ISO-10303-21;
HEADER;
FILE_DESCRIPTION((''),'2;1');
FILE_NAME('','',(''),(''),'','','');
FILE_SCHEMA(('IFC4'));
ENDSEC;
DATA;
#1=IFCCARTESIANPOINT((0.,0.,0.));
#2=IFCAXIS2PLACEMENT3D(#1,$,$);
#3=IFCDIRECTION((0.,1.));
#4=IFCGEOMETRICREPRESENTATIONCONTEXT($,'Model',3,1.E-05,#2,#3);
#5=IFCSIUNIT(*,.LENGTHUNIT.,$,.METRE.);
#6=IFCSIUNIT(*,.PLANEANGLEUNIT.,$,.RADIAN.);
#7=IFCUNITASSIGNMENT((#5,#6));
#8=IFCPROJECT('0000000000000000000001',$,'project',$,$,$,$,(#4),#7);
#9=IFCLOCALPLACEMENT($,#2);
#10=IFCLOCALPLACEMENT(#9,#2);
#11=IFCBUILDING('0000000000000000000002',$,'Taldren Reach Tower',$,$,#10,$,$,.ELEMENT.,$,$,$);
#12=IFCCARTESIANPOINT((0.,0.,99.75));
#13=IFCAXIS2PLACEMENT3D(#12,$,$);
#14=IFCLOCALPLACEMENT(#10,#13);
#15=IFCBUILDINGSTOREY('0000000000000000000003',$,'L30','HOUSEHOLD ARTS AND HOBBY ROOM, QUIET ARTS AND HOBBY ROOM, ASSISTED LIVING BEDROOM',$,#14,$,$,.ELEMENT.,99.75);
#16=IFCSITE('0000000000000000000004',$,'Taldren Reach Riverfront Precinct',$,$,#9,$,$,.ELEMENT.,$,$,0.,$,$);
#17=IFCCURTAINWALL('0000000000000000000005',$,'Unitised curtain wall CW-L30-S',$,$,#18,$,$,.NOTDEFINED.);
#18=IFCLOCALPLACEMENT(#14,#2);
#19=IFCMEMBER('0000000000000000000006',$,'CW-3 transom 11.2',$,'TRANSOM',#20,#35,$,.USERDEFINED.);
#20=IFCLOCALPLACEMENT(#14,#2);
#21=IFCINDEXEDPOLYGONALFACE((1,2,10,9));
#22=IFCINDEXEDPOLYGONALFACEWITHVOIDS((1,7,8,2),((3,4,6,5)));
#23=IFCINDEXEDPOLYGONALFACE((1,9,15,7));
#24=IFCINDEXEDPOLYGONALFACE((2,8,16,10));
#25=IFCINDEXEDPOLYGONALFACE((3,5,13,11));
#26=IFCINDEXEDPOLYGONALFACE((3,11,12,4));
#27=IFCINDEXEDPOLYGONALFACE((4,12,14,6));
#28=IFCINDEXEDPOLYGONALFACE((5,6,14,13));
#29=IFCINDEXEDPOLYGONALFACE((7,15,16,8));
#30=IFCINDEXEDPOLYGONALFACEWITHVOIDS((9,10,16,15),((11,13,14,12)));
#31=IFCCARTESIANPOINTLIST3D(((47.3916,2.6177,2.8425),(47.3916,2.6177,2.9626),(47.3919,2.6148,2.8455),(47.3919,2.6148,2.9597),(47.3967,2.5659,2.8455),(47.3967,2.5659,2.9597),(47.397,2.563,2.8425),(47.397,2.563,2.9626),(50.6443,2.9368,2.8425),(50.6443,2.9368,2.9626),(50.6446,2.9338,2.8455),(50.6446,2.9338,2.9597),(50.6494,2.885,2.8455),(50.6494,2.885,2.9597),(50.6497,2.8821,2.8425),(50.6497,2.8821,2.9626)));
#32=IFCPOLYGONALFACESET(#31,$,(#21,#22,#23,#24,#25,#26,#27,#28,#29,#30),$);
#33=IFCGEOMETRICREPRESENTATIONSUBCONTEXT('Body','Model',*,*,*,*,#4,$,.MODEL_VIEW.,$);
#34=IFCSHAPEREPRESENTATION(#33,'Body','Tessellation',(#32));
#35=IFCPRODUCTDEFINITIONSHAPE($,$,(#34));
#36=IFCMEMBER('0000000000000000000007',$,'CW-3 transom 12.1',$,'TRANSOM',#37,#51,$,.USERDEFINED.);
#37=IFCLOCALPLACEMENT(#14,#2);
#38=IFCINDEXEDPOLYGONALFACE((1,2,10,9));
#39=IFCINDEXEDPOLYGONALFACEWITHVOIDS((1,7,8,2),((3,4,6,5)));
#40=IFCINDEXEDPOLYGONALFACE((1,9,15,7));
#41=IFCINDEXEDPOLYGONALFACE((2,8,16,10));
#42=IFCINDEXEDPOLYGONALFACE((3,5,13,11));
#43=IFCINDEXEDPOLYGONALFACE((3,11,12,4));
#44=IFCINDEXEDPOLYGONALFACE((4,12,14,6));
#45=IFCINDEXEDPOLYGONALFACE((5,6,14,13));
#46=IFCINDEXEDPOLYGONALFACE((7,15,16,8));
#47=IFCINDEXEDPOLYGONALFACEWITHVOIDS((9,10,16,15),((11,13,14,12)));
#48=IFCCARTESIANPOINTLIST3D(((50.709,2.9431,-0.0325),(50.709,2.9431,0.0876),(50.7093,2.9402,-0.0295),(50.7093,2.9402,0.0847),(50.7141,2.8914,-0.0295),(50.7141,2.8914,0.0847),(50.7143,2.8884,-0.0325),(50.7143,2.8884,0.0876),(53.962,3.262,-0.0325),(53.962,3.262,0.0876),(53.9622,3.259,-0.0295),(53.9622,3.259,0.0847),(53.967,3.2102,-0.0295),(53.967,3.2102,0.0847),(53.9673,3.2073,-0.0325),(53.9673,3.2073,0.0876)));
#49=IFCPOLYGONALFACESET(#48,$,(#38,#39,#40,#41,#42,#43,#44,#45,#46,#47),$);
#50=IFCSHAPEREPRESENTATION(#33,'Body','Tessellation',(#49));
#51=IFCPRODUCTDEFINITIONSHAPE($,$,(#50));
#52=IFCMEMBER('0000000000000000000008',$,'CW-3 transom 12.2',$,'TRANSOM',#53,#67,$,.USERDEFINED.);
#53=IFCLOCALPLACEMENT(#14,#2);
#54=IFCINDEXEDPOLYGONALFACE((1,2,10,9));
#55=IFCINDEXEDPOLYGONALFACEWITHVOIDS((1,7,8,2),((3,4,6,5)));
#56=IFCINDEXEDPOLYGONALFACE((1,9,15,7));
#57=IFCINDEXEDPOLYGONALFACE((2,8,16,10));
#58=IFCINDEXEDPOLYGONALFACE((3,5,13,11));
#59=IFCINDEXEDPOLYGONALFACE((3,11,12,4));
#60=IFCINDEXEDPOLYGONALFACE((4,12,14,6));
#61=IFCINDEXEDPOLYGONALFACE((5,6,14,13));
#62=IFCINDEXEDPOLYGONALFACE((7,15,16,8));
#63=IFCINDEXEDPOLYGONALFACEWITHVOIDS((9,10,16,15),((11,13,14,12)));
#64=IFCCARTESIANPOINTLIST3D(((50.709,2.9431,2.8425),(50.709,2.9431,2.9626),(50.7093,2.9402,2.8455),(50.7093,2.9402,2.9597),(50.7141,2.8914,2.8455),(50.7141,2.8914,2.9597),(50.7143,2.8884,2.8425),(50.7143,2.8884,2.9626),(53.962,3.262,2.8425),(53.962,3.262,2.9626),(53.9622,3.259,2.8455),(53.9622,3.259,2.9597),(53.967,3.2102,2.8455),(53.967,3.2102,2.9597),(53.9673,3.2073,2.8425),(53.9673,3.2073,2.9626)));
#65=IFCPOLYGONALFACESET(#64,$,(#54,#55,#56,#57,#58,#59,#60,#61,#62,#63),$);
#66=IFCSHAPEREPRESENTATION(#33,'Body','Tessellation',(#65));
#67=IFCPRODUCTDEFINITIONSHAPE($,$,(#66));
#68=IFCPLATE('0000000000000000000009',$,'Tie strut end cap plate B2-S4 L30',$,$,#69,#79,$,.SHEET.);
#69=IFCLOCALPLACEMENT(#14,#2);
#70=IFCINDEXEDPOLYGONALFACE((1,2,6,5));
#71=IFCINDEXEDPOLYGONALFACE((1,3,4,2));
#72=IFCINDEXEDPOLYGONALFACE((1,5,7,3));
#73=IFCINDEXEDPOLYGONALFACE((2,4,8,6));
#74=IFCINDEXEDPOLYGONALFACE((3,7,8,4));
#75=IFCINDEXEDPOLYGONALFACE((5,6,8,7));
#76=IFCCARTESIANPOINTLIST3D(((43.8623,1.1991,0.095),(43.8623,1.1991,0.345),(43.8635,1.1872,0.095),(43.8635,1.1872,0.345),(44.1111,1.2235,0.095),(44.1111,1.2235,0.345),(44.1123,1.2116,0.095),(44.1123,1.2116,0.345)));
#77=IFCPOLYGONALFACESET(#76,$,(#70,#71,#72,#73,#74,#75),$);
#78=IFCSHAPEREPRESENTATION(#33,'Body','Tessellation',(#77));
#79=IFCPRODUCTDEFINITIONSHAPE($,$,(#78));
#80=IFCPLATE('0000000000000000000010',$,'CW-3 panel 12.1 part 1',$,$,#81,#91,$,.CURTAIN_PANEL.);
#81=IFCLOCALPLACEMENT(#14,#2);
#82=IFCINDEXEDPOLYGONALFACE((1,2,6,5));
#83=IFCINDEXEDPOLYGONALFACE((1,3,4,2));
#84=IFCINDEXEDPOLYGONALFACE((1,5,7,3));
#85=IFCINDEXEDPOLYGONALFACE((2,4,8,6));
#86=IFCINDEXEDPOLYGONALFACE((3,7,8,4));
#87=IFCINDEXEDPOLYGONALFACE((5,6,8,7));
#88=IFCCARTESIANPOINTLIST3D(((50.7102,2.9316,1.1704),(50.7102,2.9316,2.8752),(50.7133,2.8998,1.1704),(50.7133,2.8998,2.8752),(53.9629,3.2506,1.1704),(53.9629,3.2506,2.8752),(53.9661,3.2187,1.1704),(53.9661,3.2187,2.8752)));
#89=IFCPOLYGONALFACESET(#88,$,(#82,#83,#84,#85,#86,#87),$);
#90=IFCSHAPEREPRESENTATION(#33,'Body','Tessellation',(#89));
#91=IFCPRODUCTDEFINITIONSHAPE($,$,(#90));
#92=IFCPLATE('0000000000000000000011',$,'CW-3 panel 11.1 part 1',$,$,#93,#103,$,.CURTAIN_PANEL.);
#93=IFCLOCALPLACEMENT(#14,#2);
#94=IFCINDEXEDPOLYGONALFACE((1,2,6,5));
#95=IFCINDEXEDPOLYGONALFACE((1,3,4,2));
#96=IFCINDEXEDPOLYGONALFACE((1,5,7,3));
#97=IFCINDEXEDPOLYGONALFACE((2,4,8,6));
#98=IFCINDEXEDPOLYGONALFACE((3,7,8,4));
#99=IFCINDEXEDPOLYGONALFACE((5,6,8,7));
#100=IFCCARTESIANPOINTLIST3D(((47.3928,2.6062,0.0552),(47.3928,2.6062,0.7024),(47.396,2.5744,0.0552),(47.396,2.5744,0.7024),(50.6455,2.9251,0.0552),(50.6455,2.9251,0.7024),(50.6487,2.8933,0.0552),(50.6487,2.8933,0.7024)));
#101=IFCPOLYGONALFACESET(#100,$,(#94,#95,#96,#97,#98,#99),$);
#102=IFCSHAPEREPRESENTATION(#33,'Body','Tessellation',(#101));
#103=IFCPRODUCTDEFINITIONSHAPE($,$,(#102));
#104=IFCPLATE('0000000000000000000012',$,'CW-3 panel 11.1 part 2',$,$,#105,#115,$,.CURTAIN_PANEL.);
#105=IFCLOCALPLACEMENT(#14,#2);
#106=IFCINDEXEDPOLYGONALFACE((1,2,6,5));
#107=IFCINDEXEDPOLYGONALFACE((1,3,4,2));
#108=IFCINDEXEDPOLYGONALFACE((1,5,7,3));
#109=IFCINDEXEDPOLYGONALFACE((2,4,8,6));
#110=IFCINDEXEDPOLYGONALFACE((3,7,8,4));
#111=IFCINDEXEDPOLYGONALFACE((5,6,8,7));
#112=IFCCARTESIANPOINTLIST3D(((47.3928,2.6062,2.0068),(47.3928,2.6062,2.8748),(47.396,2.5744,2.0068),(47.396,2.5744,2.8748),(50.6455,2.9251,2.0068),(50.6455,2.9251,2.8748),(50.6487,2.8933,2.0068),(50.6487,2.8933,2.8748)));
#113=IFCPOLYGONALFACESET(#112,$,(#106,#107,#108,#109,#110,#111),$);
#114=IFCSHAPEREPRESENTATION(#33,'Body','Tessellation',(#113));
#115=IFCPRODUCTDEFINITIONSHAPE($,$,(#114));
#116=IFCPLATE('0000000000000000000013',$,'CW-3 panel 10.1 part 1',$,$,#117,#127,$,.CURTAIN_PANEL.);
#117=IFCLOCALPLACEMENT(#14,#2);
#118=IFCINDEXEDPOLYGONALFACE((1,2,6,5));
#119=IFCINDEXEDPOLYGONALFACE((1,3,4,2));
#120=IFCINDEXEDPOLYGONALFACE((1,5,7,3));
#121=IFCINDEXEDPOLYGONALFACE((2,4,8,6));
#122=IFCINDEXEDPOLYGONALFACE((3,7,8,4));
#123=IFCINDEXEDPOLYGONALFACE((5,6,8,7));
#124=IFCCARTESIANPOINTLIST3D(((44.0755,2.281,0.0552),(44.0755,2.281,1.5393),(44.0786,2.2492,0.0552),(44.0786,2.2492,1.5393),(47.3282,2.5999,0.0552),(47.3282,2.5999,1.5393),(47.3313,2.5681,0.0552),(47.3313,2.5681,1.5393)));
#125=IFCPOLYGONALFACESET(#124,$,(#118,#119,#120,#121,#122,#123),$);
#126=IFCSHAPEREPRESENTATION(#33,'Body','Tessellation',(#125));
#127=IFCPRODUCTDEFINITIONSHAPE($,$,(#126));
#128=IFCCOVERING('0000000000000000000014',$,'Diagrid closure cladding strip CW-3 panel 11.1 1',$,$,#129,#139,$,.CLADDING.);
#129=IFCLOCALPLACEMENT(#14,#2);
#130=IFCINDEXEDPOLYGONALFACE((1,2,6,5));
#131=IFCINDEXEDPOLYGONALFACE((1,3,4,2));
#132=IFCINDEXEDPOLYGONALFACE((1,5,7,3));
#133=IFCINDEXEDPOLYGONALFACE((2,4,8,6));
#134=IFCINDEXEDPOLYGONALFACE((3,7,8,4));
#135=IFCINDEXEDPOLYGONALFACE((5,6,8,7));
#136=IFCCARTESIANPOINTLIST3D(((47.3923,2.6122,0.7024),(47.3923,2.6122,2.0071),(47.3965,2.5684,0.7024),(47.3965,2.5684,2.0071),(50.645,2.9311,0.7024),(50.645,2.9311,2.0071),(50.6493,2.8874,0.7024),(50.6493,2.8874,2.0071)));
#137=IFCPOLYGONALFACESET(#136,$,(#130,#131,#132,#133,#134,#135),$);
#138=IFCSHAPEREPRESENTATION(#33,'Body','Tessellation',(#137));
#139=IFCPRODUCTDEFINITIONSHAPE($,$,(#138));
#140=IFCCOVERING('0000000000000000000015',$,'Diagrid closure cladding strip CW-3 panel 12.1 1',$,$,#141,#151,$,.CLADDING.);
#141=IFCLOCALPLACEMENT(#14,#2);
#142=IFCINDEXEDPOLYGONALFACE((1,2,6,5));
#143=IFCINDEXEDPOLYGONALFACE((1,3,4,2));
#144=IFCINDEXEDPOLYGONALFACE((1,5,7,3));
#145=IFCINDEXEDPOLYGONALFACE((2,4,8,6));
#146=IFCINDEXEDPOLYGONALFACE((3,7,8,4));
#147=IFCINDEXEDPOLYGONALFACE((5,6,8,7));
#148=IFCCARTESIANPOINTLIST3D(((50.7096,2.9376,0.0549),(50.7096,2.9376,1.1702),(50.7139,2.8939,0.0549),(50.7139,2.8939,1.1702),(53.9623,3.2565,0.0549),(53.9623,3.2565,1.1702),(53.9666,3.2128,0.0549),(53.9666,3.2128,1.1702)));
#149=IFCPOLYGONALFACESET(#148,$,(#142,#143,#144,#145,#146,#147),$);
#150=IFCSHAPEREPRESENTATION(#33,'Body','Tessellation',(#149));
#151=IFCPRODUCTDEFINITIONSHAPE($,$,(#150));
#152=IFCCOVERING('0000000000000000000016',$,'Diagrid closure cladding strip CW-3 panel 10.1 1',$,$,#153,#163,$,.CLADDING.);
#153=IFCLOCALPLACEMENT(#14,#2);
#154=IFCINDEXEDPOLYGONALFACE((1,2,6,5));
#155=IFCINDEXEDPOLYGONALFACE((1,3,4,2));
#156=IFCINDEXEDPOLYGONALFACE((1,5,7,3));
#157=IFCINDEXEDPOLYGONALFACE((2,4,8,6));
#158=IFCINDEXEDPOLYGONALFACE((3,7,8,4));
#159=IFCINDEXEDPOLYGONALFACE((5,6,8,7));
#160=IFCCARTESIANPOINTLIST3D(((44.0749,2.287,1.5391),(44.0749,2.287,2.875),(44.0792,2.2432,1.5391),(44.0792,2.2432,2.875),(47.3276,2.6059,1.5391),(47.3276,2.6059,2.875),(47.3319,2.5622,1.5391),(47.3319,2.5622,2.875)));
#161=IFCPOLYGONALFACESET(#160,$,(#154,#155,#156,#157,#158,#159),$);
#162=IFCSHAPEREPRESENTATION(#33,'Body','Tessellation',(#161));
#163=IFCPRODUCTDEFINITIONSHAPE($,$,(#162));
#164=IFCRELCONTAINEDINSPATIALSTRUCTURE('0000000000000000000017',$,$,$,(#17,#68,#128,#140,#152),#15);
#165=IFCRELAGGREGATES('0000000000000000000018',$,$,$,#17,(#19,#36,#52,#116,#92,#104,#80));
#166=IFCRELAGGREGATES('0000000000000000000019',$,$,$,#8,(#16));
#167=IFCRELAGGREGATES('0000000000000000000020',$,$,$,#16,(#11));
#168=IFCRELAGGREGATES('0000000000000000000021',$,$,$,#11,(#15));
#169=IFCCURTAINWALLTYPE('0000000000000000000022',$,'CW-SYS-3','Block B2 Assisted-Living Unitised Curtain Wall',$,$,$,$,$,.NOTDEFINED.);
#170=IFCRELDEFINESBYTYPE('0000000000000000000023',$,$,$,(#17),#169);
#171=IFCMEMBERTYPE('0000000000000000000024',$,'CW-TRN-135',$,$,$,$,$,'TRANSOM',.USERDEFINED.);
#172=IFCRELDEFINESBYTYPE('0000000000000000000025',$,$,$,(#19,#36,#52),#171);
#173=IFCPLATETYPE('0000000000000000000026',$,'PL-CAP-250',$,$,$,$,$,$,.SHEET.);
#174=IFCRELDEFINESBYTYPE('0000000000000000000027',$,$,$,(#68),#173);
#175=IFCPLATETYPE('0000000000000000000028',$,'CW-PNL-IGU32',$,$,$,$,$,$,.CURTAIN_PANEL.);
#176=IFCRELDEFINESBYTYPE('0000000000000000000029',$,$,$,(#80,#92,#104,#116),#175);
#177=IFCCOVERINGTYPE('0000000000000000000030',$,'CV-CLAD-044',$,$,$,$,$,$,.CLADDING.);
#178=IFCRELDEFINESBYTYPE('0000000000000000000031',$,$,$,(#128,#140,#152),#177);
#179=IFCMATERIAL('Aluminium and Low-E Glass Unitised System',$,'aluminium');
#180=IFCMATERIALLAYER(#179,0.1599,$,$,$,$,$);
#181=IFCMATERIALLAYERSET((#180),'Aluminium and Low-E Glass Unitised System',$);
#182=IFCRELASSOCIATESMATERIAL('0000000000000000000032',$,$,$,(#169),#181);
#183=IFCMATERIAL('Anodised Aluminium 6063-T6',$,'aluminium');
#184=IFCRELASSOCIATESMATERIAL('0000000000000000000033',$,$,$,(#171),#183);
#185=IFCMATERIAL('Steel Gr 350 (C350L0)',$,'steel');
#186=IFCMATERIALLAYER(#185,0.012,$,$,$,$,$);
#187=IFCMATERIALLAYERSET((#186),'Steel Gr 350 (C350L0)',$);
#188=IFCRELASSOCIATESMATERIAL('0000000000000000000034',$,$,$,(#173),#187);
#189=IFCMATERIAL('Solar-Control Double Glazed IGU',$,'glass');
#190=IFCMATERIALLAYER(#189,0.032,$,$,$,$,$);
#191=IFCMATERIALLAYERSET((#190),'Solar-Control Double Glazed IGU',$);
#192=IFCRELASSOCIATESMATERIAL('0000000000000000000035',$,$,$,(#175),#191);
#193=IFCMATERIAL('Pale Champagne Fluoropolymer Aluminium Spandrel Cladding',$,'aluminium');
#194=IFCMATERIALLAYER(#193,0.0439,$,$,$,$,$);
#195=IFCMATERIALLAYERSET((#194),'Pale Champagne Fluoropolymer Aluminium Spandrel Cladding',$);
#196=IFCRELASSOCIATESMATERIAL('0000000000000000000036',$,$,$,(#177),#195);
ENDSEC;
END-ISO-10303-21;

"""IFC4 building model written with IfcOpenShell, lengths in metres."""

from ifc_helpers import new_model, si_unit, direction, frame, origin, origin_2d, place, context, subcontext, project, spatial, rectangle, hollow_rectangle, extrude, source, transform, mapped, material, layer, layer_set, material_profile, profile_set, type_object, element, aggregate, save


model = new_model("IFC4")

# Units and contexts
model_context = context("Model", 3, precision=1e-05, world=origin(), true_north=direction((0.0, 1.0)))
body_context = subcontext(model_context, "Body", "Model", "MODEL_VIEW")
ifc_project = project(units=[si_unit("LENGTHUNIT", "METRE"), si_unit("PLANEANGLEUNIT", "RADIAN")], contexts=[model_context])

# Site, building, storey
site_placement = place(None, origin())
site = spatial("IfcSite", under=ifc_project, at=site_placement, Name="Taldren Reach Riverfront Precinct", CompositionType="ELEMENT", RefElevation=0.0)
building_placement = place(site_placement, origin())
building = spatial("IfcBuilding", under=site, at=building_placement, Name="Taldren Reach Tower", CompositionType="ELEMENT")
storey_placement = place(building_placement, frame((0.0, 0.0, 99.75)))
storey = spatial("IfcBuildingStorey", under=building, at=storey_placement, Name="L30", Description="HOUSEHOLD ARTS AND HOBBY ROOM, QUIET ARTS AND HOBBY ROOM, ASSISTED LIVING BEDROOM", CompositionType="ELEMENT", Elevation=99.75)

# Shared definitions
ifc_material_1 = material(Name="Steel Gr 350 (C350L0)", Category="steel")

# Curtain wall, members
ifc_material_2 = material(Name="Aluminium and Low-E Glass Unitised System", Category="aluminium")
ifc_layer_1 = layer(ifc_material_2, 0.1599)
ifc_layer_set_1 = layer_set([ifc_layer_1], Name="Aluminium and Low-E Glass Unitised System")
curtain_wall_type = type_object("IfcCurtainWallType", Name="CW-SYS-3", Description="Block B2 Assisted-Living Unitised Curtain Wall", PredefinedType="NOTDEFINED", material=ifc_layer_set_1)
curtain_wall_placement = place(storey_placement, origin())
curtain_wall = element("IfcCurtainWall", 1, at=curtain_wall_placement, inside=storey, type_object=curtain_wall_type, Name="Unitised curtain wall CW-L30-S", PredefinedType="NOTDEFINED")
ifc_material_3 = material(Name="Anodised Aluminium 6063-T6", Category="aluminium")
ifc_material_profile_1 = material_profile(ifc_material_3, hollow_rectangle(XDim=0.0549, YDim=0.1201, WallThickness=0.0029, at=origin_2d()), Name="ALU-120x55x3RHS")
ifc_profile_set_1 = profile_set([ifc_material_profile_1], Name="Anodised Aluminium 6063-T6")
member_type_1 = type_object("IfcMemberType", Name="CW-TRN-135", ElementType="TRANSOM", PredefinedType="USERDEFINED", material=ifc_profile_set_1)
shared_shape_1 = source(origin(), body_context, "Body", "SweptSolid", [
    extrude(hollow_rectangle(XDim=0.0549, YDim=0.1201, WallThickness=0.0029, at=origin_2d()), origin(), (0.0, 0.0, 1.0), 3.2683),
])
member_1_placement = place(storey_placement, frame((47.3943, 2.5903, 2.9026), z_axis=(0.995223, 0.097632, 0.0), x_axis=(-0.097632, 0.995223, 0.0)))
member_1 = element("IfcMember", 2, at=member_1_placement, type_object=member_type_1, Name="CW-3 transom 11.2", ObjectType="TRANSOM", PredefinedType="USERDEFINED", context=body_context, shape_type="MappedRepresentation", body=[
    mapped(shared_shape_1, transform((0.0, 0.0, 0.0), scale=1.0)),
])
shared_shape_2 = source(origin(), body_context, "Body", "SweptSolid", [
    extrude(hollow_rectangle(XDim=0.0549, YDim=0.1201, WallThickness=0.0029, at=origin_2d()), origin(), (0.0, 0.0, 1.0), 3.2686),
])
member_2_placement = place(storey_placement, frame((50.7117, 2.9158, 0.0276), z_axis=(0.995231, 0.097551, 0.0), x_axis=(-0.097551, 0.995231, 0.0)))
member_2 = element("IfcMember", 3, at=member_2_placement, type_object=member_type_1, Name="CW-3 transom 12.1", ObjectType="TRANSOM", PredefinedType="USERDEFINED", context=body_context, shape_type="MappedRepresentation", body=[
    mapped(shared_shape_2, transform((0.0, 0.0, 0.0), scale=1.0)),
])
member_3_placement = place(storey_placement, frame((50.7117, 2.9158, 2.9026), z_axis=(0.995231, 0.097551, 0.0), x_axis=(-0.097551, 0.995231, 0.0)))
member_3 = element("IfcMember", 4, at=member_3_placement, type_object=member_type_1, Name="CW-3 transom 12.2", ObjectType="TRANSOM", PredefinedType="USERDEFINED", context=body_context, shape_type="MappedRepresentation", body=[
    mapped(shared_shape_2, transform((0.0, 0.0, 0.0), scale=1.0)),
])

# Plates
ifc_layer_2 = layer(ifc_material_1, 0.012)
ifc_layer_set_2 = layer_set([ifc_layer_2], Name="Steel Gr 350 (C350L0)")
plate_type_1 = type_object("IfcPlateType", Name="PL-CAP-250", PredefinedType="SHEET", material=ifc_layer_set_2)
shared_shape_3 = source(origin(), body_context, "Body", "SweptSolid", [
    extrude(rectangle(XDim=0.25, YDim=0.012, at=origin_2d()), origin(), (0.0, 0.0, 1.0), 0.25),
])
plate_1_placement = place(storey_placement, frame((43.9873, 1.2053, 0.095), z_axis=(0.0, 0.0, 1.0), x_axis=(0.995227, 0.097583, 0.0)))
element("IfcPlate", 5, at=plate_1_placement, inside=storey, type_object=plate_type_1, Name="Tie strut end cap plate B2-S4 L30", PredefinedType="SHEET", context=body_context, shape_type="MappedRepresentation", body=[
    mapped(shared_shape_3, transform((0.0, 0.0, 0.0), scale=1.0)),
])
ifc_material_4 = material(Name="Solar-Control Double Glazed IGU", Category="glass")
ifc_layer_3 = layer(ifc_material_4, 0.032)
ifc_layer_set_3 = layer_set([ifc_layer_3], Name="Solar-Control Double Glazed IGU")
plate_type_2 = type_object("IfcPlateType", Name="CW-PNL-IGU32", PredefinedType="CURTAIN_PANEL", material=ifc_layer_set_3)
shared_shape_4 = source(origin(), body_context, "Body", "SweptSolid", [
    extrude(rectangle(XDim=3.2683, YDim=0.032, at=origin_2d()), origin(), (0.0, 0.0, 1.0), 1.7048),
])
plate_2_placement = place(storey_placement, frame((52.3381, 3.0752, 1.1704), z_axis=(0.0, 0.0, 1.0), x_axis=(0.995227, 0.097583, 0.0)))
plate_2 = element("IfcPlate", 6, at=plate_2_placement, type_object=plate_type_2, Name="CW-3 panel 12.1 part 1", PredefinedType="CURTAIN_PANEL", context=body_context, shape_type="MappedRepresentation", body=[
    mapped(shared_shape_4, transform((0.0, 0.0, 0.0), scale=1.0)),
])
shared_shape_5 = source(origin(), body_context, "Body", "SweptSolid", [
    extrude(rectangle(XDim=3.2683, YDim=0.032, at=origin_2d()), origin(), (0.0, 0.0, 1.0), 0.6472),
])
plate_3_placement = place(storey_placement, frame((49.0208, 2.7498, 0.0552), z_axis=(0.0, 0.0, 1.0), x_axis=(0.995227, 0.097583, 0.0)))
plate_3 = element("IfcPlate", 7, at=plate_3_placement, type_object=plate_type_2, Name="CW-3 panel 11.1 part 1", PredefinedType="CURTAIN_PANEL", context=body_context, shape_type="MappedRepresentation", body=[
    mapped(shared_shape_5, transform((0.0, 0.0, 0.0), scale=1.0)),
])
shared_shape_6 = source(origin(), body_context, "Body", "SweptSolid", [
    extrude(rectangle(XDim=3.2683, YDim=0.032, at=origin_2d()), origin(), (0.0, 0.0, 1.0), 0.8679),
])
plate_4_placement = place(storey_placement, frame((49.0208, 2.7498, 2.0068), z_axis=(0.0, 0.0, 1.0), x_axis=(0.995227, 0.097583, 0.0)))
plate_4 = element("IfcPlate", 8, at=plate_4_placement, type_object=plate_type_2, Name="CW-3 panel 11.1 part 2", PredefinedType="CURTAIN_PANEL", context=body_context, shape_type="MappedRepresentation", body=[
    mapped(shared_shape_6, transform((0.0, 0.0, 0.0), scale=1.0)),
])
shared_shape_7 = source(origin(), body_context, "Body", "SweptSolid", [
    extrude(rectangle(XDim=3.2683, YDim=0.032, at=origin_2d()), origin(), (0.0, 0.0, 1.0), 1.4841),
])
plate_5_placement = place(storey_placement, frame((45.7034, 2.4246, 0.0552), z_axis=(0.0, 0.0, 1.0), x_axis=(0.995227, 0.097583, 0.0)))
plate_5 = element("IfcPlate", 9, at=plate_5_placement, type_object=plate_type_2, Name="CW-3 panel 10.1 part 1", PredefinedType="CURTAIN_PANEL", context=body_context, shape_type="MappedRepresentation", body=[
    mapped(shared_shape_7, transform((0.0, 0.0, 0.0), scale=1.0)),
])
aggregate(curtain_wall, [member_1, member_2, member_3, plate_5, plate_3, plate_4, plate_2])

# Coverings
ifc_material_5 = material(Name="Pale Champagne Fluoropolymer Aluminium Spandrel Cladding", Category="aluminium")
ifc_layer_4 = layer(ifc_material_5, 0.0439)
ifc_layer_set_4 = layer_set([ifc_layer_4], Name="Pale Champagne Fluoropolymer Aluminium Spandrel Cladding")
covering_type = type_object("IfcCoveringType", Name="CV-CLAD-044", PredefinedType="CLADDING", material=ifc_layer_set_4)
shared_shape_8 = source(origin(), body_context, "Body", "SweptSolid", [
    extrude(rectangle(XDim=3.2683, YDim=0.0439, at=origin_2d()), origin(), (0.0, 0.0, 1.0), 1.3047),
])
covering_1_placement = place(storey_placement, frame((49.0208, 2.7498, 0.7024), z_axis=(0.0, 0.0, 1.0), x_axis=(0.995227, 0.097583, 0.0)))
element("IfcCovering", 10, at=covering_1_placement, inside=storey, type_object=covering_type, Name="Diagrid closure cladding strip CW-3 panel 11.1 1", PredefinedType="CLADDING", context=body_context, shape_type="MappedRepresentation", body=[
    mapped(shared_shape_8, transform((0.0, 0.0, 0.0), scale=1.0)),
])
shared_shape_9 = source(origin(), body_context, "Body", "SweptSolid", [
    extrude(rectangle(XDim=3.2683, YDim=0.0439, at=origin_2d()), origin(), (0.0, 0.0, 1.0), 1.1152),
])
covering_2_placement = place(storey_placement, frame((52.3381, 3.0752, 0.0549), z_axis=(0.0, 0.0, 1.0), x_axis=(0.995227, 0.097583, 0.0)))
element("IfcCovering", 11, at=covering_2_placement, inside=storey, type_object=covering_type, Name="Diagrid closure cladding strip CW-3 panel 12.1 1", PredefinedType="CLADDING", context=body_context, shape_type="MappedRepresentation", body=[
    mapped(shared_shape_9, transform((0.0, 0.0, 0.0), scale=1.0)),
])
shared_shape_10 = source(origin(), body_context, "Body", "SweptSolid", [
    extrude(rectangle(XDim=3.2683, YDim=0.0439, at=origin_2d()), origin(), (0.0, 0.0, 1.0), 1.3359),
])
covering_3_placement = place(storey_placement, frame((45.7034, 2.4246, 1.5391), z_axis=(0.0, 0.0, 1.0), x_axis=(0.995227, 0.097583, 0.0)))
element("IfcCovering", 12, at=covering_3_placement, inside=storey, type_object=covering_type, Name="Diagrid closure cladding strip CW-3 panel 10.1 1", PredefinedType="CLADDING", context=body_context, shape_type="MappedRepresentation", body=[
    mapped(shared_shape_10, transform((0.0, 0.0, 0.0), scale=1.0)),
])

save(model, "model.ifc")
